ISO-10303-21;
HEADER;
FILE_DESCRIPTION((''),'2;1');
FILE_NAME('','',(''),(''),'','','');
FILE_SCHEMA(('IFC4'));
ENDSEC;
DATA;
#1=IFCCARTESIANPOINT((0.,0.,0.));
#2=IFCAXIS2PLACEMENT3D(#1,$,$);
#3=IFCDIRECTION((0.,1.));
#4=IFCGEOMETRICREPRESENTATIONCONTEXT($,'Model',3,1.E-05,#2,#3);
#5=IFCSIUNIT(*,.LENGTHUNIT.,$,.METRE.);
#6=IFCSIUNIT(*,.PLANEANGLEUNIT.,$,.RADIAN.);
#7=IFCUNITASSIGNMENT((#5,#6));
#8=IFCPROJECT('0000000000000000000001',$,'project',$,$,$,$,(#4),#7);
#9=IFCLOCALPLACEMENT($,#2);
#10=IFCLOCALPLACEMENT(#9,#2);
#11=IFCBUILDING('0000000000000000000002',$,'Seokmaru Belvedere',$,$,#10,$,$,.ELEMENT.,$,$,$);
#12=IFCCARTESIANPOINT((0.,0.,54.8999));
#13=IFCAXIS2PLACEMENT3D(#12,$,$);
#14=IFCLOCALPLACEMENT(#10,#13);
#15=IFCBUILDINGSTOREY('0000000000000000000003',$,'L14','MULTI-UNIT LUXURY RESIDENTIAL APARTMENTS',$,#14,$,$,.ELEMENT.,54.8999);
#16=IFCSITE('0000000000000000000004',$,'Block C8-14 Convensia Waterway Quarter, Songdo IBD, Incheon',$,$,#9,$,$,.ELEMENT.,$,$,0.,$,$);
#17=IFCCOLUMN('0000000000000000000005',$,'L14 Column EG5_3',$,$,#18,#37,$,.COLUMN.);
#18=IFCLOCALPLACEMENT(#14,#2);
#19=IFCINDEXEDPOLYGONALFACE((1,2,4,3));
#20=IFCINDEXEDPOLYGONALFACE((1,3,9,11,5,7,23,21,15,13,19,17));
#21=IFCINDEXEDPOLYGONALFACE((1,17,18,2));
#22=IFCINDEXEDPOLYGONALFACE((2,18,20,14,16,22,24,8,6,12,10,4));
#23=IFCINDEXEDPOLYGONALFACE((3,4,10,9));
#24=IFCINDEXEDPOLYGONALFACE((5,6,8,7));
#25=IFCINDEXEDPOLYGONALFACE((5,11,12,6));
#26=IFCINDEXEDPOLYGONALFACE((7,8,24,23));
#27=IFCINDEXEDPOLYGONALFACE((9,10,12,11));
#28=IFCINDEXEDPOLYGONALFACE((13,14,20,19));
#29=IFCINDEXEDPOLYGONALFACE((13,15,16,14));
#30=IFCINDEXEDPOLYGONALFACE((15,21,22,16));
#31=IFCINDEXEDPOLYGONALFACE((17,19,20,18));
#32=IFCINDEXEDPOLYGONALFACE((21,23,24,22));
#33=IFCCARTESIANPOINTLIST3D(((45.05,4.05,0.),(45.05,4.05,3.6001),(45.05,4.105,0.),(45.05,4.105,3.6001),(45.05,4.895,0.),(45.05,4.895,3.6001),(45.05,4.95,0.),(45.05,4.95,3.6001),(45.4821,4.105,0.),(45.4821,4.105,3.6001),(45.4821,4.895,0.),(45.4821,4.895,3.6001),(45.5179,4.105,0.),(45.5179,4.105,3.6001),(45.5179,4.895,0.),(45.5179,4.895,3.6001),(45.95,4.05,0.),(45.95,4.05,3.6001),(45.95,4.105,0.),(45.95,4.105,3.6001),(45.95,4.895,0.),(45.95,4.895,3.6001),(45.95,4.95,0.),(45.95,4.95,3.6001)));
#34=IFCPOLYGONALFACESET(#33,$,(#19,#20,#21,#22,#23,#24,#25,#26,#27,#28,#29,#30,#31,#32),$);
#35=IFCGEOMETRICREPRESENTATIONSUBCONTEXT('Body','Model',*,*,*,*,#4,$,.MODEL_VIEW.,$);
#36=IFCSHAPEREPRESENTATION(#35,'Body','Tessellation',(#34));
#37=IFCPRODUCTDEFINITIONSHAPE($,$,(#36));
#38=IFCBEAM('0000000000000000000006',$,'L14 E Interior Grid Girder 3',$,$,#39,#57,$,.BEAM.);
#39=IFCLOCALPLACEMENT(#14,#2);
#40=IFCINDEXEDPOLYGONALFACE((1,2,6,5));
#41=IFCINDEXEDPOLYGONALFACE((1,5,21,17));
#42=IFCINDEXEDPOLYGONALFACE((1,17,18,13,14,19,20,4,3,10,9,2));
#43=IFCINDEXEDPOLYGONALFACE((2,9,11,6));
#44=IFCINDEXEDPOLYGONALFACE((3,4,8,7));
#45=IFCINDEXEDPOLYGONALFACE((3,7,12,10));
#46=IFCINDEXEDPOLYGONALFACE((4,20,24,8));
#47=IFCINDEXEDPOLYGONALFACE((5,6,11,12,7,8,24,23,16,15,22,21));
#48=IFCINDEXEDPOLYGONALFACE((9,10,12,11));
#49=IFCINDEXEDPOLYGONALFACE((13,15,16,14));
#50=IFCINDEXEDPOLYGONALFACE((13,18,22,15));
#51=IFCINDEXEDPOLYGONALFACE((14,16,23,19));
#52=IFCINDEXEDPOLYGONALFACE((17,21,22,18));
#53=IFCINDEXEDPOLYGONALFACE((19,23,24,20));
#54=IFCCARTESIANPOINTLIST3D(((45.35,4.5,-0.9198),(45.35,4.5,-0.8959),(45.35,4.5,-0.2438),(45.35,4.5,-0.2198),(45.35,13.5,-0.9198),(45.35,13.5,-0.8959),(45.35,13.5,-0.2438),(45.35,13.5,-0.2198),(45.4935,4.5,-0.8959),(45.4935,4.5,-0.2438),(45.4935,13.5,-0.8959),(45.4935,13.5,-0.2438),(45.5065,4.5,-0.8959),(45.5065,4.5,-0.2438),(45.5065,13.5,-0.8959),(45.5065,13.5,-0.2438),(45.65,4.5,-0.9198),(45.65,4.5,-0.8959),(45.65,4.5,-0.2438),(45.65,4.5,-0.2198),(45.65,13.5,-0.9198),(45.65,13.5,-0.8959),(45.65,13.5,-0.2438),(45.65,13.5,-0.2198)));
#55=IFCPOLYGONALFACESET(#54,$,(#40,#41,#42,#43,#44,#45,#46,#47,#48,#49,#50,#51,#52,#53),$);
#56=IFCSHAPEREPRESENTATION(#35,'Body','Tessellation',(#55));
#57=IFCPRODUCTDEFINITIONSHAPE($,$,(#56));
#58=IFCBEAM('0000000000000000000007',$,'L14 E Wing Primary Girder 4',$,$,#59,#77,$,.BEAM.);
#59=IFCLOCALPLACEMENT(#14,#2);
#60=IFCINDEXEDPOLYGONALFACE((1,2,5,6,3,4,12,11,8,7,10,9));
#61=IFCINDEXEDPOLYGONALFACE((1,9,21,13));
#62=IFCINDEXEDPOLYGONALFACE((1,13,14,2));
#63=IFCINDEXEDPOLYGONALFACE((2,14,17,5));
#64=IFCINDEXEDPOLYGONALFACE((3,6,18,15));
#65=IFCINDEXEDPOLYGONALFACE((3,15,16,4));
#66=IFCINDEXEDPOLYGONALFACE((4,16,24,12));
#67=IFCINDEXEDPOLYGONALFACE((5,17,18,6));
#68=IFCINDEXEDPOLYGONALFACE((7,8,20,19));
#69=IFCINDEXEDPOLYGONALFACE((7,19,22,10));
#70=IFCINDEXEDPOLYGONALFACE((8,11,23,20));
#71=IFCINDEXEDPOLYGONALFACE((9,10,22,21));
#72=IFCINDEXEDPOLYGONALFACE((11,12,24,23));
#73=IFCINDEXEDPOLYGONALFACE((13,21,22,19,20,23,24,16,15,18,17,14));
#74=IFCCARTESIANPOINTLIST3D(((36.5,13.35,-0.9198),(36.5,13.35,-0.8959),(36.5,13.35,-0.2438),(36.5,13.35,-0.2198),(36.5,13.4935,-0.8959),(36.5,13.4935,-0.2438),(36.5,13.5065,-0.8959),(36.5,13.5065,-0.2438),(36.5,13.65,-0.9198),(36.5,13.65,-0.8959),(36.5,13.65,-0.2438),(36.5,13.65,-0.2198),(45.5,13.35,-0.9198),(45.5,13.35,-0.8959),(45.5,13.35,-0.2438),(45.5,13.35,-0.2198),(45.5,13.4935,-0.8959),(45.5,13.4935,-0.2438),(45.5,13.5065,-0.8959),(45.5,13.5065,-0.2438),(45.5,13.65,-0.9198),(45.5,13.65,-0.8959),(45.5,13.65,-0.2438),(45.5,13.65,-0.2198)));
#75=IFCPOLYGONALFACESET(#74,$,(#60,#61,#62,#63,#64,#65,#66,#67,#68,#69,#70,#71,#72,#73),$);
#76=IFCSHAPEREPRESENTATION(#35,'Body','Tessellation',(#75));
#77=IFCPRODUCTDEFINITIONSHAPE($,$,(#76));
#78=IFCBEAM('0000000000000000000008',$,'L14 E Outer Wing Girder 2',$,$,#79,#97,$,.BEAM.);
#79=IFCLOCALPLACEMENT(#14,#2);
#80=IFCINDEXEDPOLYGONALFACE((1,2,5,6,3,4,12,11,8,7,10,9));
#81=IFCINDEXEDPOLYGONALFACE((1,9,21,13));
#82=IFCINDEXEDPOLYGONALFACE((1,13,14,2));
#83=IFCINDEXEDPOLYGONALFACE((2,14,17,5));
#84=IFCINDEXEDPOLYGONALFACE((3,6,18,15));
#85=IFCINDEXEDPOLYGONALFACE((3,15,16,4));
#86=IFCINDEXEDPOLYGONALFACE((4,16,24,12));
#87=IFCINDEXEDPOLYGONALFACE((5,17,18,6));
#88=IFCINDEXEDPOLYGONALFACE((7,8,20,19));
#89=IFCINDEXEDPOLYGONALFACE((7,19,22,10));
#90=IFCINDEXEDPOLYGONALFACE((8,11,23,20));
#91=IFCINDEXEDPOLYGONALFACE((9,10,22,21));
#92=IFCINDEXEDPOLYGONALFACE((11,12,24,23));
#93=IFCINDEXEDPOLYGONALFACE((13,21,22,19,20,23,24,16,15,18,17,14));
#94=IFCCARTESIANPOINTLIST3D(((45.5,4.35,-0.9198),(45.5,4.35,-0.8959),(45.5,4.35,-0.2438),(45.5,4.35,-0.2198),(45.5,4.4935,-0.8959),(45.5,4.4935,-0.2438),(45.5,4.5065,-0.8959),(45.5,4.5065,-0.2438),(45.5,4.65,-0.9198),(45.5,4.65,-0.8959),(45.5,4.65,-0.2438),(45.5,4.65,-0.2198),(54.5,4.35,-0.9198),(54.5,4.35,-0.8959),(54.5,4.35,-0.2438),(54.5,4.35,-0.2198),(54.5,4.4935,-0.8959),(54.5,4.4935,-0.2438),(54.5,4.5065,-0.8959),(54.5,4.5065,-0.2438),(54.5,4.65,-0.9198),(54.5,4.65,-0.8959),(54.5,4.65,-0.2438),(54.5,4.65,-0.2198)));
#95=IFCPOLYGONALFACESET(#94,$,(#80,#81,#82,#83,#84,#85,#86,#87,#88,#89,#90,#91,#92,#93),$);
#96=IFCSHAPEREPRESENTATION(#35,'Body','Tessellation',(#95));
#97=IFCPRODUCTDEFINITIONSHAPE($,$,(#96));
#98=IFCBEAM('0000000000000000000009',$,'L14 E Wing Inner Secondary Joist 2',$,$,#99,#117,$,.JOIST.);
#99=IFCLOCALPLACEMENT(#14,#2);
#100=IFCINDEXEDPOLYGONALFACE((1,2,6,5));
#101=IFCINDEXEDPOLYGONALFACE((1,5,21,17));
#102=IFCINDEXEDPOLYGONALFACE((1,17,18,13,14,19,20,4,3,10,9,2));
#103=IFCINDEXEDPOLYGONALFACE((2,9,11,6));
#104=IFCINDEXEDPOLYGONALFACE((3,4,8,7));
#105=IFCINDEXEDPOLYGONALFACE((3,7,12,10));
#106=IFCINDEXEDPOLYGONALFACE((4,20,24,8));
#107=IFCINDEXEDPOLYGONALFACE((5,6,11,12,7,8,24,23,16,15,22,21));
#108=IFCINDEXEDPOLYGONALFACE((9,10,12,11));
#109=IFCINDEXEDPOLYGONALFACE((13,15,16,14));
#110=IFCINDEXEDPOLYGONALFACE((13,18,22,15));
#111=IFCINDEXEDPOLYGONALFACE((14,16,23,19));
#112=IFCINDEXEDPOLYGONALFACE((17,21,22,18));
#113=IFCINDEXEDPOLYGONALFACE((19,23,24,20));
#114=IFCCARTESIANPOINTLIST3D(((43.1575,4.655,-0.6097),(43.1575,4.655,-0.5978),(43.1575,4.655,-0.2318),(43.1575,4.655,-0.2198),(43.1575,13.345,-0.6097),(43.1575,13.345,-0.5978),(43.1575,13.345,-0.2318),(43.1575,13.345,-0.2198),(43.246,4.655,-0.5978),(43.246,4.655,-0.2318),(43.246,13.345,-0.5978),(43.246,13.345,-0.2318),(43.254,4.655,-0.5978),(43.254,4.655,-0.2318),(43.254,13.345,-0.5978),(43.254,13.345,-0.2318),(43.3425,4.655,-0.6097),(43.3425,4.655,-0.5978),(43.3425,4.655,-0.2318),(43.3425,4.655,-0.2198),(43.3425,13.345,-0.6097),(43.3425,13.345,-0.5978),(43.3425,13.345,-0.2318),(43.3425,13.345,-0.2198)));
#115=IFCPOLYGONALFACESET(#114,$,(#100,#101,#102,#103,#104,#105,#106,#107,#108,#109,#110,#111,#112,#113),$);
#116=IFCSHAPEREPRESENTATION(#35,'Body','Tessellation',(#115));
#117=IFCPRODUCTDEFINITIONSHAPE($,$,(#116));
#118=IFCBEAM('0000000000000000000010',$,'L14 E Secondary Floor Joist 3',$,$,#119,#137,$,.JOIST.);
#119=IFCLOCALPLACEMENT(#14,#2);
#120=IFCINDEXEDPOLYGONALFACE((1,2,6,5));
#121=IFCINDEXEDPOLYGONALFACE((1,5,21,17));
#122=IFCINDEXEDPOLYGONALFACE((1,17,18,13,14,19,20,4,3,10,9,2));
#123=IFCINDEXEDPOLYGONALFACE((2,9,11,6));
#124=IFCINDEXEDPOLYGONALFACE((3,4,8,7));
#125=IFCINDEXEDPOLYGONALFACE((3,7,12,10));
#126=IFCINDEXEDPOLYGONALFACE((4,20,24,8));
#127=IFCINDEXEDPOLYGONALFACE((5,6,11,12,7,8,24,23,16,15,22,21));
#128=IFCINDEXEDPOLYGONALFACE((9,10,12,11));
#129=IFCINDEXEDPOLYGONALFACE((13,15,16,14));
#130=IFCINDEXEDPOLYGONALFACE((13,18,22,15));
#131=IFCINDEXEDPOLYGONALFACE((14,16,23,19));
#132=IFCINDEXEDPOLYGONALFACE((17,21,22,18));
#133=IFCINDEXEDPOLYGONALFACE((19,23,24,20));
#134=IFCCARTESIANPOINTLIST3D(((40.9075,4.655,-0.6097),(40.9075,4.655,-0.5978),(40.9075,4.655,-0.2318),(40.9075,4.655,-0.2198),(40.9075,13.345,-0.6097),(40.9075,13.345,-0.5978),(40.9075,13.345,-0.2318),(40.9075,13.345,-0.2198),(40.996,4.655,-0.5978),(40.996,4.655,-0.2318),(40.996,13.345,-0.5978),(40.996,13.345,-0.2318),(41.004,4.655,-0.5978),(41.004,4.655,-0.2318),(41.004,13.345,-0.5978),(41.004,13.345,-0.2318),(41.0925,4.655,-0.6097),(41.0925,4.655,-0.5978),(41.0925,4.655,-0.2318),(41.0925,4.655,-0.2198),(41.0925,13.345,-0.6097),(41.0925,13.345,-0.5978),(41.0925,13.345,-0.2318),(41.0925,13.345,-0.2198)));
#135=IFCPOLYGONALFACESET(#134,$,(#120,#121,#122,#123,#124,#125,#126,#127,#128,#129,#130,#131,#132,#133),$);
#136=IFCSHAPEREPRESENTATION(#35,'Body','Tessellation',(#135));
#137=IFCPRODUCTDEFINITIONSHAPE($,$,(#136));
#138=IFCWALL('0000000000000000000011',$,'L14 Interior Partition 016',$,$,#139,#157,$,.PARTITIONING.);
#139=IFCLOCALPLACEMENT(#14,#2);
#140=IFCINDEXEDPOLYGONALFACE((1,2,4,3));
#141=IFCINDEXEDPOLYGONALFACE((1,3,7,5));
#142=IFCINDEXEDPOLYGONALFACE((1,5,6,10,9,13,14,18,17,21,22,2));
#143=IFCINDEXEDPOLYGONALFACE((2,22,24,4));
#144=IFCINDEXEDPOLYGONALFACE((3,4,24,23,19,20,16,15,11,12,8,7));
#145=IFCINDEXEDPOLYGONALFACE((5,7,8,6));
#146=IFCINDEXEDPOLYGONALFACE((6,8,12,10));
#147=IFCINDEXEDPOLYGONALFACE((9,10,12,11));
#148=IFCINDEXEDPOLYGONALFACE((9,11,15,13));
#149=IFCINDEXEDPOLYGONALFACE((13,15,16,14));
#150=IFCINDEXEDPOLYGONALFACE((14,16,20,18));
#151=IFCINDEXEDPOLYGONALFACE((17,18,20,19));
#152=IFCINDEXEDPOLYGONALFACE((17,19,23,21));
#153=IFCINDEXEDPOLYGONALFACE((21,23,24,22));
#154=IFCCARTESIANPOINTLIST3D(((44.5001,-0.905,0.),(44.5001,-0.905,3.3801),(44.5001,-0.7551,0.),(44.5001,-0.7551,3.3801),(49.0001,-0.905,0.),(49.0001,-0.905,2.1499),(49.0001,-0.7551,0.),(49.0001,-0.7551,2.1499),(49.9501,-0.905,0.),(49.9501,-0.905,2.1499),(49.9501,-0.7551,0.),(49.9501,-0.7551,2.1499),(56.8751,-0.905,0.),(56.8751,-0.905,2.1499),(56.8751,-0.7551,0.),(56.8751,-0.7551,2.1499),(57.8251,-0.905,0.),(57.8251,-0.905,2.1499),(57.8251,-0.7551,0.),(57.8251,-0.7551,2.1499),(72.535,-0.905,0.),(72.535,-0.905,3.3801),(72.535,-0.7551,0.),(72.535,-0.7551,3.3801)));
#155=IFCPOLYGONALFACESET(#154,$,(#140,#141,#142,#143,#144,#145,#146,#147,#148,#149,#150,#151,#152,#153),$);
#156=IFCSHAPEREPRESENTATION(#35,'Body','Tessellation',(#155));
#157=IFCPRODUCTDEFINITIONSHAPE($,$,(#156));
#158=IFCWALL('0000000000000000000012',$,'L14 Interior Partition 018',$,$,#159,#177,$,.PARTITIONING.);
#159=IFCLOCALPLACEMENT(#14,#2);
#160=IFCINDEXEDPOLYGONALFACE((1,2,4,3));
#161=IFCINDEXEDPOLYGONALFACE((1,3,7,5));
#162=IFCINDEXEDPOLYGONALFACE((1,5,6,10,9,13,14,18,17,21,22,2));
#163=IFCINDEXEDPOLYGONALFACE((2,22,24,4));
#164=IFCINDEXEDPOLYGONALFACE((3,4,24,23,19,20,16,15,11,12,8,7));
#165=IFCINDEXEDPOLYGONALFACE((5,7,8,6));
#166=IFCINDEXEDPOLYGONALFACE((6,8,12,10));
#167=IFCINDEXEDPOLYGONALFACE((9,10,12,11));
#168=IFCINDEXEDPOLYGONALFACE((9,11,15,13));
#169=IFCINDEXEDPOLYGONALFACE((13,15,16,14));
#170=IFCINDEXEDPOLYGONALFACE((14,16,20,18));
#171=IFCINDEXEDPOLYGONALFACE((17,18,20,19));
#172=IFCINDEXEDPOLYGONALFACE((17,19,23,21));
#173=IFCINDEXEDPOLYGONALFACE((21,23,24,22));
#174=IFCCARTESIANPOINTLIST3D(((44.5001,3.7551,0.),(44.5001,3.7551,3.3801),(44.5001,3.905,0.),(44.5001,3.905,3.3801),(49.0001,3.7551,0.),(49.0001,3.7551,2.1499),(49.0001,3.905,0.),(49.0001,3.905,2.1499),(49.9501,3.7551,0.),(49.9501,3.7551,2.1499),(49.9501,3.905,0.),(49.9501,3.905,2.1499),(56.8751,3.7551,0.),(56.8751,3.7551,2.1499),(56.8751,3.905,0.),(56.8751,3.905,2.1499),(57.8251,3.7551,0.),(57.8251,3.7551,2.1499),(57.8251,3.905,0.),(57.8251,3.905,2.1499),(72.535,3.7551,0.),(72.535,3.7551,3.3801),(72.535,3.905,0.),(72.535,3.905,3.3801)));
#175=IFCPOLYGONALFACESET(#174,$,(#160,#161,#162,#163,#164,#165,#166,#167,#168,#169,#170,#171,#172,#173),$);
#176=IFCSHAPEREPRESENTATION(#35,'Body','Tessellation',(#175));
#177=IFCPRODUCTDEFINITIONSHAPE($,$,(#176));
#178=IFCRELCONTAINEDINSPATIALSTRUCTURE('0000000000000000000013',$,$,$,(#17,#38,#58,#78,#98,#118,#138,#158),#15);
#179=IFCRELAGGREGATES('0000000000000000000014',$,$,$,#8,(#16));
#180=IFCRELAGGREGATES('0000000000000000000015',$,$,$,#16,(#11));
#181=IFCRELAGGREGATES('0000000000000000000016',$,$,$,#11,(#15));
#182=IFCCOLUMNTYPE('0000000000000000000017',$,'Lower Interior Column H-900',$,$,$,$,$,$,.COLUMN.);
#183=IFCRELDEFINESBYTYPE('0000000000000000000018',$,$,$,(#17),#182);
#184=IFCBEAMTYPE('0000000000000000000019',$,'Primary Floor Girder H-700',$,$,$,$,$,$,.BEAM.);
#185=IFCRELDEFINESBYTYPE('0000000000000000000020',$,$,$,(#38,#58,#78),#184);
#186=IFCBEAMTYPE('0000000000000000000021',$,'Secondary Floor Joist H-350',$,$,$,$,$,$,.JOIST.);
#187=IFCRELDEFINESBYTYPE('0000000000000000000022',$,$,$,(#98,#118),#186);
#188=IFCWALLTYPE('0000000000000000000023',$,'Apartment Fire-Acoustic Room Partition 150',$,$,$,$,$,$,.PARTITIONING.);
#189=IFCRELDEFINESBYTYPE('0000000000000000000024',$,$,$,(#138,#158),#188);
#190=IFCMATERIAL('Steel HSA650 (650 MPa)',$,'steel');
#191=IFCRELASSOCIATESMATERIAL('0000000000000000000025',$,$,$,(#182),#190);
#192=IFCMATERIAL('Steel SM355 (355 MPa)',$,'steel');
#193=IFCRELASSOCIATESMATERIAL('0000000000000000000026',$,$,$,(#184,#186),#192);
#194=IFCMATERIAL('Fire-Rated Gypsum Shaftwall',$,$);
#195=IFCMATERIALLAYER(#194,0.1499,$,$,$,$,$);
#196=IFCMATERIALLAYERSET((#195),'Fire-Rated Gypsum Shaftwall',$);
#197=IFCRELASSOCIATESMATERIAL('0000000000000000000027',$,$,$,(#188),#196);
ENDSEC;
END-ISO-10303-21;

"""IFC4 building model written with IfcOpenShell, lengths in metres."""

from ifc_helpers import new_model, si_unit, direction, frame, frame_2d, origin, origin_2d, place, context, subcontext, project, spatial, rectangle, i_section, extrude, source, transform, mapped, material, layer, layer_set, material_profile, profile_set, type_object, type_shapes, element, save


model = new_model("IFC4")

# Units and contexts
model_context = context("Model", 3, precision=1e-05, world=origin(), true_north=direction((0.0, 1.0)))
body_context = subcontext(model_context, "Body", "Model", "MODEL_VIEW")
ifc_project = project(units=[si_unit("LENGTHUNIT", "METRE"), si_unit("PLANEANGLEUNIT", "RADIAN")], contexts=[model_context])

# Site, building, storey
site_placement = place(None, origin())
site = spatial("IfcSite", under=ifc_project, at=site_placement, Name="Block C8-14 Convensia Waterway Quarter, Songdo IBD, Incheon", CompositionType="ELEMENT", RefElevation=0.0)
building_placement = place(site_placement, origin())
building = spatial("IfcBuilding", under=site, at=building_placement, Name="Seokmaru Belvedere", CompositionType="ELEMENT")
storey_placement = place(building_placement, frame((0.0, 0.0, 54.8999)))
storey = spatial("IfcBuildingStorey", under=building, at=storey_placement, Name="L14", Description="MULTI-UNIT LUXURY RESIDENTIAL APARTMENTS", CompositionType="ELEMENT", Elevation=54.8999)

# Column
ifc_material_1 = material(Name="Steel HSA650 (650 MPa)", Category="steel")
ifc_material_profile_1 = material_profile(ifc_material_1, i_section(OverallWidth=0.8999, OverallDepth=0.8999, WebThickness=0.0359, FlangeThickness=0.0549, at=origin_2d()), Name="H-900x900x36x55")
ifc_profile_set_1 = profile_set([ifc_material_profile_1], Name="Steel HSA650 (650 MPa)")
column_type = type_object("IfcColumnType", Name="Lower Interior Column H-900", PredefinedType="COLUMN", material=ifc_profile_set_1)
shared_shape_1 = source(origin(), body_context, "Body", "SweptSolid", [
    extrude(i_section(OverallWidth=0.8999, OverallDepth=0.8999, WebThickness=0.0359, FlangeThickness=0.0549, at=origin_2d()), origin(), (0.0, 0.0, 1.0), 3.6001),
])
type_shapes(column_type, [shared_shape_1])
column_placement = place(storey_placement, frame((45.5, 4.5, 0.0), z_axis=(0.0, 0.0, 1.0), x_axis=(1.0, 0.0, 0.0)))
element("IfcColumn", 1, at=column_placement, inside=storey, type_object=column_type, Name="L14 Column EG5_3", PredefinedType="COLUMN", context=body_context, shape_type="MappedRepresentation", body=[
    mapped(shared_shape_1, transform((0.0, 0.0, 0.0), scale=1.0)),
])

# Beams
ifc_material_2 = material(Name="Steel SM355 (355 MPa)", Category="steel")
ifc_material_profile_2 = material_profile(ifc_material_2, i_section(OverallWidth=0.3, OverallDepth=0.7, WebThickness=0.0129, FlangeThickness=0.0239, at=origin_2d()), Name="H-700x300x13x24")
ifc_profile_set_2 = profile_set([ifc_material_profile_2], Name="Steel SM355 (355 MPa)")
beam_type_1 = type_object("IfcBeamType", Name="Primary Floor Girder H-700", PredefinedType="BEAM", material=ifc_profile_set_2)
shared_shape_2 = source(origin(), body_context, "Body", "SweptSolid", [
    extrude(i_section(OverallWidth=0.3, OverallDepth=0.7, WebThickness=0.0129, FlangeThickness=0.0239, at=origin_2d()), origin(), (0.0, 0.0, 1.0), 9.0),
])
type_shapes(beam_type_1, [shared_shape_2])
for number, where, z_axis, x_axis, name in (
    (2, (45.5, 4.5, -0.5698), (0.0, 1.0, 0.0), (-1.0, 0.0, 0.0), "L14 E Interior Grid Girder 3"),
    (3, (36.5, 13.5, -0.5698), (1.0, 0.0, 0.0), (0.0, 1.0, 0.0), "L14 E Wing Primary Girder 4"),
    (4, (45.5, 4.5, -0.5698), (1.0, 0.0, 0.0), (0.0, 1.0, 0.0), "L14 E Outer Wing Girder 2"),
):
    element("IfcBeam", number, at=place(storey_placement, frame(where, z_axis=z_axis, x_axis=x_axis)), inside=storey, type_object=beam_type_1, Name=name, PredefinedType="BEAM", context=body_context, shape_type="MappedRepresentation", body=[
        mapped(shared_shape_2, transform((0.0, 0.0, 0.0), scale=1.0)),
    ])
ifc_material_profile_3 = material_profile(ifc_material_2, i_section(OverallWidth=0.1851, OverallDepth=0.3899, WebThickness=0.0081, FlangeThickness=0.012, at=origin_2d()), Name="H-390x185x8x12")
ifc_profile_set_3 = profile_set([ifc_material_profile_3], Name="Steel SM355 (355 MPa)")
beam_type_2 = type_object("IfcBeamType", Name="Secondary Floor Joist H-350", PredefinedType="JOIST", material=ifc_profile_set_3)
shared_shape_3 = source(origin(), body_context, "Body", "SweptSolid", [
    extrude(i_section(OverallWidth=0.1851, OverallDepth=0.3899, WebThickness=0.0081, FlangeThickness=0.012, at=origin_2d()), origin(), (0.0, 0.0, 1.0), 8.6899),
])
type_shapes(beam_type_2, [shared_shape_3])
for number, where, z_axis, x_axis, name in (
    (5, (43.25, 4.655, -0.4148), (0.0, 1.0, 0.0), (-1.0, 0.0, 0.0), "L14 E Wing Inner Secondary Joist 2"),
    (6, (41.0, 4.655, -0.4148), (0.0, 1.0, 0.0), (-1.0, 0.0, 0.0), "L14 E Secondary Floor Joist 3"),
):
    element("IfcBeam", number, at=place(storey_placement, frame(where, z_axis=z_axis, x_axis=x_axis)), inside=storey, type_object=beam_type_2, Name=name, PredefinedType="JOIST", context=body_context, shape_type="MappedRepresentation", body=[
        mapped(shared_shape_3, transform((0.0, 0.0, 0.0), scale=1.0)),
    ])

# Walls, openings
ifc_material_3 = material(Name="Fire-Rated Gypsum Shaftwall")
ifc_layer_1 = layer(ifc_material_3, 0.1499)
ifc_layer_set_1 = layer_set([ifc_layer_1], Name="Fire-Rated Gypsum Shaftwall")
wall_type_1 = type_object("IfcWallType", Name="Apartment Fire-Acoustic Room Partition 150", PredefinedType="PARTITIONING", material=ifc_layer_set_1)
wall_1_placement = place(storey_placement, frame((44.5, -0.8301, 0.0), z_axis=(0.0, 0.0, 1.0), x_axis=(1.0, 0.0, 0.0)))
wall_1 = element("IfcWall", 7, at=wall_1_placement, inside=storey, type_object=wall_type_1, Name="L14 Interior Partition 016", PredefinedType="PARTITIONING", context=body_context, shape_type="SweptSolid", body=[
    extrude(rectangle(XDim=28.0349, YDim=0.1499, at=frame_2d((14.0176, 0.0))), origin(), (0.0, 0.0, 1.0), 3.3801),
])
opening_1_placement = place(wall_1_placement, frame((4.5, 0.0, 0.0)))
element("IfcOpeningElement", 8, at=opening_1_placement, cuts=wall_1, PredefinedType="OPENING", context=body_context, shape_type="SweptSolid", body=[
    extrude(rectangle(XDim=0.95, YDim=2.1499, at=frame_2d((0.4751, 1.075))), frame((0.0, 0.085, 0.0), z_axis=(0.0, -1.0, 0.0), x_axis=(1.0, 0.0, 0.0)), (0.0, 0.0, 1.0), 0.1699),
])
opening_2_placement = place(wall_1_placement, frame((12.375, 0.0, 0.0)))
element("IfcOpeningElement", 9, at=opening_2_placement, cuts=wall_1, PredefinedType="OPENING", context=body_context, shape_type="SweptSolid", body=[
    extrude(rectangle(XDim=0.95, YDim=2.1499, at=frame_2d((0.4751, 1.075))), frame((0.0, 0.085, 0.0), z_axis=(0.0, -1.0, 0.0), x_axis=(1.0, 0.0, 0.0)), (0.0, 0.0, 1.0), 0.1699),
])
wall_2_placement = place(storey_placement, frame((44.5, 3.8301, 0.0), z_axis=(0.0, 0.0, 1.0), x_axis=(1.0, 0.0, 0.0)))
wall_2 = element("IfcWall", 10, at=wall_2_placement, inside=storey, type_object=wall_type_1, Name="L14 Interior Partition 018", PredefinedType="PARTITIONING", context=body_context, shape_type="SweptSolid", body=[
    extrude(rectangle(XDim=28.0349, YDim=0.1499, at=frame_2d((14.0176, 0.0))), origin(), (0.0, 0.0, 1.0), 3.3801),
])
opening_3_placement = place(wall_2_placement, frame((4.5, 0.0, 0.0)))
element("IfcOpeningElement", 11, at=opening_3_placement, cuts=wall_2, PredefinedType="OPENING", context=body_context, shape_type="SweptSolid", body=[
    extrude(rectangle(XDim=0.95, YDim=2.1499, at=frame_2d((0.4751, 1.075))), frame((0.0, 0.085, 0.0), z_axis=(0.0, -1.0, 0.0), x_axis=(1.0, 0.0, 0.0)), (0.0, 0.0, 1.0), 0.1699),
])
opening_4_placement = place(wall_2_placement, frame((12.375, 0.0, 0.0)))
element("IfcOpeningElement", 12, at=opening_4_placement, cuts=wall_2, PredefinedType="OPENING", context=body_context, shape_type="SweptSolid", body=[
    extrude(rectangle(XDim=0.95, YDim=2.1499, at=frame_2d((0.4751, 1.075))), frame((0.0, 0.085, 0.0), z_axis=(0.0, -1.0, 0.0), x_axis=(1.0, 0.0, 0.0)), (0.0, 0.0, 1.0), 0.1699),
])

save(model, "model.ifc")
